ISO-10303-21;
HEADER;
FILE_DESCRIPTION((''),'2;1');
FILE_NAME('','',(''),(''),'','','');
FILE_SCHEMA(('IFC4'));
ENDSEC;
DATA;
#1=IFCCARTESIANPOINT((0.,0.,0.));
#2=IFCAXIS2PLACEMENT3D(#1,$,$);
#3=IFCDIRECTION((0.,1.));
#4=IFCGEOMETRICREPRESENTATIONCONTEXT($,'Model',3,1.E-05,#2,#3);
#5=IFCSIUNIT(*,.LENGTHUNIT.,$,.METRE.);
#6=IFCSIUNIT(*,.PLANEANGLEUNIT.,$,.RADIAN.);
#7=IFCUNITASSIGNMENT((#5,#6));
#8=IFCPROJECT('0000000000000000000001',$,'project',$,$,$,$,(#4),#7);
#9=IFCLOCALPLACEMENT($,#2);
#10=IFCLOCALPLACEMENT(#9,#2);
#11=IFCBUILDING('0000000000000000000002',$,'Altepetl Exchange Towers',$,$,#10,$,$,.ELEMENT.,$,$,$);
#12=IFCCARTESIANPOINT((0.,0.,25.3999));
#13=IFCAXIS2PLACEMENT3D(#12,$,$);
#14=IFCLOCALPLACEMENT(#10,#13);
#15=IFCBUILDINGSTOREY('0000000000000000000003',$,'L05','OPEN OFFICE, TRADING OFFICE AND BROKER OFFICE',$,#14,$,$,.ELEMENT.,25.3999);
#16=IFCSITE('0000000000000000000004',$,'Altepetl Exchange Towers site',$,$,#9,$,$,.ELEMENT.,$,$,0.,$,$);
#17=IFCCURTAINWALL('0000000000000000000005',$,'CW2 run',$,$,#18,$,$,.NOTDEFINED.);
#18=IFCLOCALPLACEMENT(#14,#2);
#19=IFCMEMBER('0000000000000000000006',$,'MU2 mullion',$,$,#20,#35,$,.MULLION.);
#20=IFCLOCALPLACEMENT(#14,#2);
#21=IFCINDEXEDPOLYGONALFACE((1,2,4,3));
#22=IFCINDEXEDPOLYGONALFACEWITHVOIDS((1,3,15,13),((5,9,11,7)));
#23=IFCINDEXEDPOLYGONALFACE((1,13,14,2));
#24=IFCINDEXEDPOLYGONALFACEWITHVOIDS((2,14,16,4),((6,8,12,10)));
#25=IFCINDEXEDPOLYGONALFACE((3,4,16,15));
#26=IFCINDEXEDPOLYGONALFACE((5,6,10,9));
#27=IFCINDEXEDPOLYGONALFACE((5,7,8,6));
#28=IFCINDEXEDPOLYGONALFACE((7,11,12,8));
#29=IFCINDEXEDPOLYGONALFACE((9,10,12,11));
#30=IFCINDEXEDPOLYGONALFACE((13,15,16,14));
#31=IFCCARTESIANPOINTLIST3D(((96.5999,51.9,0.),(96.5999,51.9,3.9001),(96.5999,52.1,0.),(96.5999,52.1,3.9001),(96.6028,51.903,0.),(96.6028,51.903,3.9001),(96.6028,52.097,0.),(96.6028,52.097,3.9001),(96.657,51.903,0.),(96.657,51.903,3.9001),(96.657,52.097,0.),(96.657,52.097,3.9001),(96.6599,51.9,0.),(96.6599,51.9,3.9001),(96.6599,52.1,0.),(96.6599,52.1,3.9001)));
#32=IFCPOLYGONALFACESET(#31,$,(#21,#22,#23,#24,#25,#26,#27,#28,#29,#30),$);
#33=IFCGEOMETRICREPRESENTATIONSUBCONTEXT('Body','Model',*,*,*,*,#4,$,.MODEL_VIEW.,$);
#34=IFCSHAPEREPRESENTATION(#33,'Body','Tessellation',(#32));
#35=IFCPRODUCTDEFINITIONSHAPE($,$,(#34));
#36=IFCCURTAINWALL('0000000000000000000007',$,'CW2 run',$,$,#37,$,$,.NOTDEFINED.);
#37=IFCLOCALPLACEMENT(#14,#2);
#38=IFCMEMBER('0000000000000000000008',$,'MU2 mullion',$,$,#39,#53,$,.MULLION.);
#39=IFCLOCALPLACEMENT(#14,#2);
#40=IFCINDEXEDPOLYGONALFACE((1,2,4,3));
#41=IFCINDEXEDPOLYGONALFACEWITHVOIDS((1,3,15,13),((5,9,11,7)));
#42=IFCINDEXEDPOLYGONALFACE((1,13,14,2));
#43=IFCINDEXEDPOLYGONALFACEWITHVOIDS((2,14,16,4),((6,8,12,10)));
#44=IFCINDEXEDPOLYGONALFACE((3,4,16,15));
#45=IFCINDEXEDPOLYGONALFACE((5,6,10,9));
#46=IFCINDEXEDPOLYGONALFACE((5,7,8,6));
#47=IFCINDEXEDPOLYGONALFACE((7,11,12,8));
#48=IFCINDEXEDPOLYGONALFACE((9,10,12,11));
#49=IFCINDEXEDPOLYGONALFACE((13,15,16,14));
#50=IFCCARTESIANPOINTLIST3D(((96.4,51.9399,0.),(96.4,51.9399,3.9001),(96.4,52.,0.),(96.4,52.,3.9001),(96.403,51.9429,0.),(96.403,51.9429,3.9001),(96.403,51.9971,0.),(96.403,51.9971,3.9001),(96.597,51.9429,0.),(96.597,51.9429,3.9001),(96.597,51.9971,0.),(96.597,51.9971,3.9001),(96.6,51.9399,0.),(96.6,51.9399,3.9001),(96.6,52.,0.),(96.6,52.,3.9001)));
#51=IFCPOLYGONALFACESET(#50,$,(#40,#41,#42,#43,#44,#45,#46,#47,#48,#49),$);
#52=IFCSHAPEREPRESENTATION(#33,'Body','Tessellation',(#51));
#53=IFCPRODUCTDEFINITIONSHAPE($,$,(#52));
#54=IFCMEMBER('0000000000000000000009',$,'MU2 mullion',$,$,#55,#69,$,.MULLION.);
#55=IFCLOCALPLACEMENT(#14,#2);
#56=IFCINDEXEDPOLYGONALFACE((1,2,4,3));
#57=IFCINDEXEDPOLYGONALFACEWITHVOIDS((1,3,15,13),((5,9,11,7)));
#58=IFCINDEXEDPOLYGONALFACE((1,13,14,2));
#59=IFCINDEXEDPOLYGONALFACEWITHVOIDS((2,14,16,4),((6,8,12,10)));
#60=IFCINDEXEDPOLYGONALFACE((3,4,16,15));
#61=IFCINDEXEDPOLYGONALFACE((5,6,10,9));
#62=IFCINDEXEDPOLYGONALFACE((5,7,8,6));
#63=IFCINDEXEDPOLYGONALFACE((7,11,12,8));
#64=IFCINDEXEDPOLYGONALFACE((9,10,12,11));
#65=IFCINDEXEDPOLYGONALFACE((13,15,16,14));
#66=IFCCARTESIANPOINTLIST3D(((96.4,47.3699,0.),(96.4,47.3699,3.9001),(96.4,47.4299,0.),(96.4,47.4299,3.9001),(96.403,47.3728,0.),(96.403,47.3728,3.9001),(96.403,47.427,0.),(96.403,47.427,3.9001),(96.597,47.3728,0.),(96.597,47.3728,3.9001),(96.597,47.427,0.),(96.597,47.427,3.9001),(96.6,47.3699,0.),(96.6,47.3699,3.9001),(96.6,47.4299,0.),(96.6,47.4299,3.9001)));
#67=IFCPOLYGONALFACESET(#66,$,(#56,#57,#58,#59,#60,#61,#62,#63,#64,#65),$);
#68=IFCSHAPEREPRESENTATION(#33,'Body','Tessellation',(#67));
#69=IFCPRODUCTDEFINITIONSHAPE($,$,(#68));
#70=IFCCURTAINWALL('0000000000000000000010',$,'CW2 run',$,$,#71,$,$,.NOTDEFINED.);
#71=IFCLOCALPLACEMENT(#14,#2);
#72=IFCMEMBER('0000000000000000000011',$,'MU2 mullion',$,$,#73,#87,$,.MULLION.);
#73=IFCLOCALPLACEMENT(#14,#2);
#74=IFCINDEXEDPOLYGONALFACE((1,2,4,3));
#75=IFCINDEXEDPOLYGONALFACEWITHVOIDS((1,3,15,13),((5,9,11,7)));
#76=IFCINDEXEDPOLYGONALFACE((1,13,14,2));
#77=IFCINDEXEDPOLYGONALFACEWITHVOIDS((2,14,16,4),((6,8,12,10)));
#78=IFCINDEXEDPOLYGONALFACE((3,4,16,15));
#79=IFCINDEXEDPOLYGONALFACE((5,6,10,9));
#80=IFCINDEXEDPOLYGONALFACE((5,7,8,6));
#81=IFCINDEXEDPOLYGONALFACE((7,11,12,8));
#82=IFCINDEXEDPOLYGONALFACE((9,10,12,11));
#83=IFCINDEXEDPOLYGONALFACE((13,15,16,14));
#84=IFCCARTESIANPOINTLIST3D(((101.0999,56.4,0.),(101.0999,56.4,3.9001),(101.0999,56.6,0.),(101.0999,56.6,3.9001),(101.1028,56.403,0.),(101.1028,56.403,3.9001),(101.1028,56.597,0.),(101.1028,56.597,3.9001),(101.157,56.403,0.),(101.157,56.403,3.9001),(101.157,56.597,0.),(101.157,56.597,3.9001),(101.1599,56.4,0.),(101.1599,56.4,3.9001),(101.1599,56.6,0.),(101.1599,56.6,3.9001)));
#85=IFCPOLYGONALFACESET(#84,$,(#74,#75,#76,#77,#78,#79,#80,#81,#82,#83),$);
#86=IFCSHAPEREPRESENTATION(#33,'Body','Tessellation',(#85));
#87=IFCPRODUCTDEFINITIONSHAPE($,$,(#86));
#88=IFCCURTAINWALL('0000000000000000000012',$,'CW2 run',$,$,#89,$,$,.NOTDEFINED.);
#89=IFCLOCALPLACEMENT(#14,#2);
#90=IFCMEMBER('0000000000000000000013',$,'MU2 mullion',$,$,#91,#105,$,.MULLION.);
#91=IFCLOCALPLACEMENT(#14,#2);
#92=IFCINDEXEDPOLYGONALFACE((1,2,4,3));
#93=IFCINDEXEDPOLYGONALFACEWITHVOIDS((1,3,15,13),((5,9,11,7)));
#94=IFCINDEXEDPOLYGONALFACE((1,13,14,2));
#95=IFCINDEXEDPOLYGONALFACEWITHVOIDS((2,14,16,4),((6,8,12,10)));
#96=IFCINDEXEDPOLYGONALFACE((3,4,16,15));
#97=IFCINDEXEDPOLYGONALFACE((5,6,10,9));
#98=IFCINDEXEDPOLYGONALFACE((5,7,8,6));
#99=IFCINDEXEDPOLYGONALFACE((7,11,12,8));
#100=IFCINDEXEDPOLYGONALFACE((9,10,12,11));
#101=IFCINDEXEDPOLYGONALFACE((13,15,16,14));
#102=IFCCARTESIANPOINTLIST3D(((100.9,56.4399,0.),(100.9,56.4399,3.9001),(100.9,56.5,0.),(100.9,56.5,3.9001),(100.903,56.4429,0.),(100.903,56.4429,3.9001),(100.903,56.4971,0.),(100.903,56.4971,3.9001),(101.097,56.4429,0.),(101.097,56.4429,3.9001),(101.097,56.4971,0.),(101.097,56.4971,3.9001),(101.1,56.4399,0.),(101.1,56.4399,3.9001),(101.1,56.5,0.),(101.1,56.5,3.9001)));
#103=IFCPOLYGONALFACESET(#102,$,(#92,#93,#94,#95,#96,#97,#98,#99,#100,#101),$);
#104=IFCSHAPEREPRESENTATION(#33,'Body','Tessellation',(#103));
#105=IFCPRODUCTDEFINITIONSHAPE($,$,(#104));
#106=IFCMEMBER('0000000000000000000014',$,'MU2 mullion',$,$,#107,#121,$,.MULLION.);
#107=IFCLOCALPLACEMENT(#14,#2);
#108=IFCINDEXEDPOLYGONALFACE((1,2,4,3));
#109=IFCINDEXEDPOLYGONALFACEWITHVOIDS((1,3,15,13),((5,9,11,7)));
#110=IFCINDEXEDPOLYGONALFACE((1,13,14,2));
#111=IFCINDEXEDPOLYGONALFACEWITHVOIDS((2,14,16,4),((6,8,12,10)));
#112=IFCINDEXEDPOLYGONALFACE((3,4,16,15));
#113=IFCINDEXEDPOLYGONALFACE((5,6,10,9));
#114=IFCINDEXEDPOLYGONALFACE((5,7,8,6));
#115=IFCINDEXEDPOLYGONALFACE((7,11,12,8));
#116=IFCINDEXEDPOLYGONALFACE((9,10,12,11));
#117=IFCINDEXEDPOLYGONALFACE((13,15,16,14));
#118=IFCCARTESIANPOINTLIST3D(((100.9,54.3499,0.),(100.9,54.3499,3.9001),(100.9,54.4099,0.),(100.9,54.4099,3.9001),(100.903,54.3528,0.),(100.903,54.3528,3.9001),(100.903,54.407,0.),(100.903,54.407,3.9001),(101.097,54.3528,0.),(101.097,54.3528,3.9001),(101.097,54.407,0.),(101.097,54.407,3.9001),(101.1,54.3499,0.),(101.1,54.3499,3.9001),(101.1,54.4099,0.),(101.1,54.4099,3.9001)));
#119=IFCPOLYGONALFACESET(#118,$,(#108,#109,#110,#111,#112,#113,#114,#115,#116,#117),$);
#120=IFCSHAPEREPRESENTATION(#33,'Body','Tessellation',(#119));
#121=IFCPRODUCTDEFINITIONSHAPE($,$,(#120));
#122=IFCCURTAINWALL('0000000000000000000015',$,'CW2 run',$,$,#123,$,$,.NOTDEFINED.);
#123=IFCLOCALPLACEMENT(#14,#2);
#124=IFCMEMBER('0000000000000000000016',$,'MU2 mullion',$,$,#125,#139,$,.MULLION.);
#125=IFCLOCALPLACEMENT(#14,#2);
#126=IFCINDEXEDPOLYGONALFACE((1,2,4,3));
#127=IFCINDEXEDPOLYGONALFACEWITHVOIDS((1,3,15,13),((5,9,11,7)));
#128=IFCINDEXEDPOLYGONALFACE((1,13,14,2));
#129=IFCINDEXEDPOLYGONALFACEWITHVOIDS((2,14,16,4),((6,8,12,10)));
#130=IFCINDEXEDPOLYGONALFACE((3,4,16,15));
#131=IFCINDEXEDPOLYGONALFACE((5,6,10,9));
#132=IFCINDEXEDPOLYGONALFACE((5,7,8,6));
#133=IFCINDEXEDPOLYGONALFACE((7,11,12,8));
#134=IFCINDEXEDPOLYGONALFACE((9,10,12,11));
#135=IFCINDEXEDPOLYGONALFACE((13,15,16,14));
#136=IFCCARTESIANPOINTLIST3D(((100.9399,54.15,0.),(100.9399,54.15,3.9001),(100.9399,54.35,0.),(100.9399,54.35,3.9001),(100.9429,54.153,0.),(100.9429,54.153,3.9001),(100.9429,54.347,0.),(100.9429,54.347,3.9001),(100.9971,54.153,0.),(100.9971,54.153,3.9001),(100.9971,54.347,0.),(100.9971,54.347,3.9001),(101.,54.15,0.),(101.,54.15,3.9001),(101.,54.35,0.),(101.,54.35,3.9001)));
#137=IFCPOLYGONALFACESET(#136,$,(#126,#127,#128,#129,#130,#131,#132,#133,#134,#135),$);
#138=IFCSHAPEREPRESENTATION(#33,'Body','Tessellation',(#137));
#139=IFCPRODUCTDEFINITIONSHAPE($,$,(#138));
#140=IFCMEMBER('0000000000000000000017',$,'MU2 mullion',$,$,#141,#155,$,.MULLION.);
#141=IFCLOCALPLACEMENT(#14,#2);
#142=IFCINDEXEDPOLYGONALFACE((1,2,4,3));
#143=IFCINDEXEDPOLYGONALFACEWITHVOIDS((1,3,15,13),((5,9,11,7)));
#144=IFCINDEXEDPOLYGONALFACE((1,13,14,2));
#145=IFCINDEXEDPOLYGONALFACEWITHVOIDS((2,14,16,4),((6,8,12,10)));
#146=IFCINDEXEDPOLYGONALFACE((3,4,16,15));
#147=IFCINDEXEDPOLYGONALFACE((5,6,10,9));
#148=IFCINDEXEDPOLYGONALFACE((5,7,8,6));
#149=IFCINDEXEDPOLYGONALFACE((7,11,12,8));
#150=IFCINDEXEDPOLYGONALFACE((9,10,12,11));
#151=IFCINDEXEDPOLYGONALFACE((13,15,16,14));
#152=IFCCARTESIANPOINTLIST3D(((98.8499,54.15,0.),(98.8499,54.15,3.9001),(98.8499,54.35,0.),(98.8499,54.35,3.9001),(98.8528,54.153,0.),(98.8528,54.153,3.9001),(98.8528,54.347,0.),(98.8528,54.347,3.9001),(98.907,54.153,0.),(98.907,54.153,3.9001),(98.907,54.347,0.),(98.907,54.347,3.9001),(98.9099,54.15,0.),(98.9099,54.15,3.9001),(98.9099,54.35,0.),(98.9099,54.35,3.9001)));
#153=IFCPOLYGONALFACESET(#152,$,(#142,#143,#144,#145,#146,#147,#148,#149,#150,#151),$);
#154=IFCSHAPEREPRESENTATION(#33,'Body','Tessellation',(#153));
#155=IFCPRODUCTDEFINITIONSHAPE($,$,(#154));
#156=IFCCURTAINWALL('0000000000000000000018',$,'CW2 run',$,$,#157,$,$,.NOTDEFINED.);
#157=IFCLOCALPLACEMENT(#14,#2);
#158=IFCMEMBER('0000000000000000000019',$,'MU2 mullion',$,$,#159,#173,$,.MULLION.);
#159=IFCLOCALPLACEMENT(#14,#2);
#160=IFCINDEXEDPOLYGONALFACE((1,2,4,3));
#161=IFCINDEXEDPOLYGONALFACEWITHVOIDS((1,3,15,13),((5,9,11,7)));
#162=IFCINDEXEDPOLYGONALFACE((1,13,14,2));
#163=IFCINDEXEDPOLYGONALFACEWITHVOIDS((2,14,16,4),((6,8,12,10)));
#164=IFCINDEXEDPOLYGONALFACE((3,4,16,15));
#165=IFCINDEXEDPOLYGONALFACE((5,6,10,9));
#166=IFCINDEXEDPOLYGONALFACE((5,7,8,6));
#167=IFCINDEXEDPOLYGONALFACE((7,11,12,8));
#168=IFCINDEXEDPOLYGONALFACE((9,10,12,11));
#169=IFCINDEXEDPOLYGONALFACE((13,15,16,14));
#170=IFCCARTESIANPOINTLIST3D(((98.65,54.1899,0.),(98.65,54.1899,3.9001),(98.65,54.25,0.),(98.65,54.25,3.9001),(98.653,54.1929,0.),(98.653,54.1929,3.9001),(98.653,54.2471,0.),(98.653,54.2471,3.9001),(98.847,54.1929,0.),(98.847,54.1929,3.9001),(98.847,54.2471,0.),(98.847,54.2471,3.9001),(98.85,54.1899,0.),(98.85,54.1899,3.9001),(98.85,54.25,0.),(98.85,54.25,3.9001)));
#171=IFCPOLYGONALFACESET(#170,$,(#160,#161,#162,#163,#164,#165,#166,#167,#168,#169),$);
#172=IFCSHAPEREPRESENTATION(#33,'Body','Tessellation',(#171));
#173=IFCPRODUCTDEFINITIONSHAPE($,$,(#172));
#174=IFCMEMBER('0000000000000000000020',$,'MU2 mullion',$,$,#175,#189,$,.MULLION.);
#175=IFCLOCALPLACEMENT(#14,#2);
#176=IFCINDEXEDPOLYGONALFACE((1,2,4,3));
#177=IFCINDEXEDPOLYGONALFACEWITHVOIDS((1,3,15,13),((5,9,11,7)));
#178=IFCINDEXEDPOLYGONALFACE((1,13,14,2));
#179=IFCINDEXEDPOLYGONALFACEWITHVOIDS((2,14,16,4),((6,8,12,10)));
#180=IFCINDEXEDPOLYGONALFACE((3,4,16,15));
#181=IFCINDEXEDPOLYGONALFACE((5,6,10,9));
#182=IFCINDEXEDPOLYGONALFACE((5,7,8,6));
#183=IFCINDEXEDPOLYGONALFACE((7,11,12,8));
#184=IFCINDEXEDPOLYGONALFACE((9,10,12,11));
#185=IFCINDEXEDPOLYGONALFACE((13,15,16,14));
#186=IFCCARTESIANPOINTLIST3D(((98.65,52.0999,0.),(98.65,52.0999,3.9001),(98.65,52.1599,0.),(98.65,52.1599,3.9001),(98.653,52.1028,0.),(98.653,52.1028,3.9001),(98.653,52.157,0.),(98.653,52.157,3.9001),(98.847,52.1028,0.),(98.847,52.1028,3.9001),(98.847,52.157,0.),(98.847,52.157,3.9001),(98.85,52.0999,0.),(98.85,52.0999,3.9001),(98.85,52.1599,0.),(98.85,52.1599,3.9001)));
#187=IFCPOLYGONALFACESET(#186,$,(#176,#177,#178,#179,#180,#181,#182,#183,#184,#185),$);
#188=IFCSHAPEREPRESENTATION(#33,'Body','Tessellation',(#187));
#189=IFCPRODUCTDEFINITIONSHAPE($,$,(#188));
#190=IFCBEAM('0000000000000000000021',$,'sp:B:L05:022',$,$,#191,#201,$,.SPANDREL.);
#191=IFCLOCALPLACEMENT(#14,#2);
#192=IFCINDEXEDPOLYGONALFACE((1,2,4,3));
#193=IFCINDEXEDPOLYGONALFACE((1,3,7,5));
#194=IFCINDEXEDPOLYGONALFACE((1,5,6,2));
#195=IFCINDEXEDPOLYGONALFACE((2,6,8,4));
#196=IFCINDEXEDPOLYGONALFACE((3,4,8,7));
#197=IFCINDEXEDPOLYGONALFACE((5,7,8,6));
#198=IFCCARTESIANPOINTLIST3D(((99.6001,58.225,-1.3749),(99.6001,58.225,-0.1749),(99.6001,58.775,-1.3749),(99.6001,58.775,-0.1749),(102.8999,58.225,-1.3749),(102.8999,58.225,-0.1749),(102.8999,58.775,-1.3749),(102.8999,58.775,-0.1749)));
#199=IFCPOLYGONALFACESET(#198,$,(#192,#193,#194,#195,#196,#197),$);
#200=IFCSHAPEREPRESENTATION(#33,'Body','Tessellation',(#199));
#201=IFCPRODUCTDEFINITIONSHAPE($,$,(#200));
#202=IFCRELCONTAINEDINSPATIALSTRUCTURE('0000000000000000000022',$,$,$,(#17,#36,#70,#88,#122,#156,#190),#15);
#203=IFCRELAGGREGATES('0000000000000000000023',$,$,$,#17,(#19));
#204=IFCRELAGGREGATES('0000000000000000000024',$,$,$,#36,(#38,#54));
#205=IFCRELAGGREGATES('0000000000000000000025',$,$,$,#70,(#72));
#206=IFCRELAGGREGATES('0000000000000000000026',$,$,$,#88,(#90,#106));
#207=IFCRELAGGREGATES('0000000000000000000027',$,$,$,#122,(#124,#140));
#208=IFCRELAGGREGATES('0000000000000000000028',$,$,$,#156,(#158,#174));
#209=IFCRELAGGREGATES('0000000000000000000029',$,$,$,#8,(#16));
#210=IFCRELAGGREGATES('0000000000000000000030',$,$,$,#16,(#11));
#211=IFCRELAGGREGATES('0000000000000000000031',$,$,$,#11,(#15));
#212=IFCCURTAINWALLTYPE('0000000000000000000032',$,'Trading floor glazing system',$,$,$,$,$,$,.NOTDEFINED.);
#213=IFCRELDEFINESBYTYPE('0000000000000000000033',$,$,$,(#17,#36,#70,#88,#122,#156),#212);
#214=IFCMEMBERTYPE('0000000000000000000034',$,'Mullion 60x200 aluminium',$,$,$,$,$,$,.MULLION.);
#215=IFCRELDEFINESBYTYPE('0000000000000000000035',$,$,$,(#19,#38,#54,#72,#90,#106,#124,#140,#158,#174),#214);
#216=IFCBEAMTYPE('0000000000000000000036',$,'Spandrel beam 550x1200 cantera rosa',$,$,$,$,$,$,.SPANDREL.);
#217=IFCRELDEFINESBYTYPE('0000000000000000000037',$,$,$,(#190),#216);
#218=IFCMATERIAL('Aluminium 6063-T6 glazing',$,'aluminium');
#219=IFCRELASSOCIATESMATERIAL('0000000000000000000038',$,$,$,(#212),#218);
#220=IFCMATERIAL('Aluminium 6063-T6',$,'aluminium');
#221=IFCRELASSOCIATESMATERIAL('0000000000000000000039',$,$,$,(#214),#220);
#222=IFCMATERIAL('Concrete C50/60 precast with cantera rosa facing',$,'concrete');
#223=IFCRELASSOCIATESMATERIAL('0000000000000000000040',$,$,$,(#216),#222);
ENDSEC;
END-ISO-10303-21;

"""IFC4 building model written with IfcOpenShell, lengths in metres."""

from ifc_helpers import new_model, si_unit, direction, frame, origin, origin_2d, place, context, subcontext, project, spatial, rectangle, hollow_rectangle, extrude, material, material_profile, profile_set, type_object, element, aggregate, save


model = new_model("IFC4")

# Units and contexts
model_context = context("Model", 3, precision=1e-05, world=origin(), true_north=direction((0.0, 1.0)))
body_context = subcontext(model_context, "Body", "Model", "MODEL_VIEW")
ifc_project = project(units=[si_unit("LENGTHUNIT", "METRE"), si_unit("PLANEANGLEUNIT", "RADIAN")], contexts=[model_context])

# Site, building, storey
site_placement = place(None, origin())
site = spatial("IfcSite", under=ifc_project, at=site_placement, Name="Altepetl Exchange Towers site", CompositionType="ELEMENT", RefElevation=0.0)
building_placement = place(site_placement, origin())
building = spatial("IfcBuilding", under=site, at=building_placement, Name="Altepetl Exchange Towers", CompositionType="ELEMENT")
storey_placement = place(building_placement, frame((0.0, 0.0, 25.3999)))
storey = spatial("IfcBuildingStorey", under=building, at=storey_placement, Name="L05", Description="OPEN OFFICE, TRADING OFFICE AND BROKER OFFICE", CompositionType="ELEMENT", Elevation=25.3999)

# Curtain walls, members
ifc_material_1 = material(Name="Aluminium 6063-T6 glazing", Category="aluminium")
curtain_wall_type = type_object("IfcCurtainWallType", Name="Trading floor glazing system", PredefinedType="NOTDEFINED", material=ifc_material_1)
curtain_wall_1_placement = place(storey_placement, origin())
curtain_wall_1 = element("IfcCurtainWall", 1, at=curtain_wall_1_placement, inside=storey, type_object=curtain_wall_type, Name="CW2 run", PredefinedType="NOTDEFINED")
ifc_material_2 = material(Name="Aluminium 6063-T6", Category="aluminium")
ifc_material_profile_1 = material_profile(ifc_material_2, hollow_rectangle(XDim=0.0601, YDim=0.2, WallThickness=0.0029, at=origin_2d()), Name="Mullion 60x200 aluminium")
ifc_profile_set_1 = profile_set([ifc_material_profile_1], Name="Aluminium 6063-T6")
member_type = type_object("IfcMemberType", Name="Mullion 60x200 aluminium", PredefinedType="MULLION", material=ifc_profile_set_1)
member_1_placement = place(storey_placement, frame((96.6299, 52.0, 0.0), z_axis=(0.0, 0.0, 1.0), x_axis=(-1.0, 0.0, 0.0)))
member_1 = element("IfcMember", 2, at=member_1_placement, type_object=member_type, Name="MU2 mullion", PredefinedType="MULLION", context=body_context, shape_type="SweptSolid", body=[
    extrude(hollow_rectangle(XDim=0.0601, YDim=0.2, WallThickness=0.0029, at=origin_2d()), origin(), (0.0, 0.0, 1.0), 3.9001),
])
curtain_wall_2_placement = place(storey_placement, origin())
curtain_wall_2 = element("IfcCurtainWall", 3, at=curtain_wall_2_placement, inside=storey, type_object=curtain_wall_type, Name="CW2 run", PredefinedType="NOTDEFINED")
member_2_placement = place(storey_placement, frame((96.5, 51.97, 0.0), z_axis=(0.0, 0.0, 1.0), x_axis=(0.0, -1.0, 0.0)))
member_2 = element("IfcMember", 4, at=member_2_placement, type_object=member_type, Name="MU2 mullion", PredefinedType="MULLION", context=body_context, shape_type="SweptSolid", body=[
    extrude(hollow_rectangle(XDim=0.0601, YDim=0.2, WallThickness=0.0029, at=origin_2d()), origin(), (0.0, 0.0, 1.0), 3.9001),
])
member_3_placement = place(storey_placement, frame((96.5, 47.3999, 0.0), z_axis=(0.0, 0.0, 1.0), x_axis=(0.0, -1.0, 0.0)))
member_3 = element("IfcMember", 5, at=member_3_placement, type_object=member_type, Name="MU2 mullion", PredefinedType="MULLION", context=body_context, shape_type="SweptSolid", body=[
    extrude(hollow_rectangle(XDim=0.0601, YDim=0.2, WallThickness=0.0029, at=origin_2d()), origin(), (0.0, 0.0, 1.0), 3.9001),
])

# Curtain wall, member
curtain_wall_3_placement = place(storey_placement, origin())
curtain_wall_3 = element("IfcCurtainWall", 6, at=curtain_wall_3_placement, inside=storey, type_object=curtain_wall_type, Name="CW2 run", PredefinedType="NOTDEFINED")
member_4_placement = place(storey_placement, frame((101.1299, 56.5, 0.0), z_axis=(0.0, 0.0, 1.0), x_axis=(-1.0, 0.0, 0.0)))
member_4 = element("IfcMember", 7, at=member_4_placement, type_object=member_type, Name="MU2 mullion", PredefinedType="MULLION", context=body_context, shape_type="SweptSolid", body=[
    extrude(hollow_rectangle(XDim=0.0601, YDim=0.2, WallThickness=0.0029, at=origin_2d()), origin(), (0.0, 0.0, 1.0), 3.9001),
])

# Curtain walls, members
curtain_wall_4_placement = place(storey_placement, origin())
curtain_wall_4 = element("IfcCurtainWall", 8, at=curtain_wall_4_placement, inside=storey, type_object=curtain_wall_type, Name="CW2 run", PredefinedType="NOTDEFINED")
member_5_placement = place(storey_placement, frame((101.0, 56.47, 0.0), z_axis=(0.0, 0.0, 1.0), x_axis=(0.0, -1.0, 0.0)))
member_5 = element("IfcMember", 9, at=member_5_placement, type_object=member_type, Name="MU2 mullion", PredefinedType="MULLION", context=body_context, shape_type="SweptSolid", body=[
    extrude(hollow_rectangle(XDim=0.0601, YDim=0.2, WallThickness=0.0029, at=origin_2d()), origin(), (0.0, 0.0, 1.0), 3.9001),
])
member_6_placement = place(storey_placement, frame((101.0, 54.3799, 0.0), z_axis=(0.0, 0.0, 1.0), x_axis=(0.0, -1.0, 0.0)))
member_6 = element("IfcMember", 10, at=member_6_placement, type_object=member_type, Name="MU2 mullion", PredefinedType="MULLION", context=body_context, shape_type="SweptSolid", body=[
    extrude(hollow_rectangle(XDim=0.0601, YDim=0.2, WallThickness=0.0029, at=origin_2d()), origin(), (0.0, 0.0, 1.0), 3.9001),
])
curtain_wall_5_placement = place(storey_placement, origin())
curtain_wall_5 = element("IfcCurtainWall", 11, at=curtain_wall_5_placement, inside=storey, type_object=curtain_wall_type, Name="CW2 run", PredefinedType="NOTDEFINED")
member_7_placement = place(storey_placement, frame((100.97, 54.25, 0.0), z_axis=(0.0, 0.0, 1.0), x_axis=(-1.0, 0.0, 0.0)))
member_7 = element("IfcMember", 12, at=member_7_placement, type_object=member_type, Name="MU2 mullion", PredefinedType="MULLION", context=body_context, shape_type="SweptSolid", body=[
    extrude(hollow_rectangle(XDim=0.0601, YDim=0.2, WallThickness=0.0029, at=origin_2d()), origin(), (0.0, 0.0, 1.0), 3.9001),
])
member_8_placement = place(storey_placement, frame((98.8799, 54.25, 0.0), z_axis=(0.0, 0.0, 1.0), x_axis=(-1.0, 0.0, 0.0)))
member_8 = element("IfcMember", 13, at=member_8_placement, type_object=member_type, Name="MU2 mullion", PredefinedType="MULLION", context=body_context, shape_type="SweptSolid", body=[
    extrude(hollow_rectangle(XDim=0.0601, YDim=0.2, WallThickness=0.0029, at=origin_2d()), origin(), (0.0, 0.0, 1.0), 3.9001),
])
curtain_wall_6_placement = place(storey_placement, origin())
curtain_wall_6 = element("IfcCurtainWall", 14, at=curtain_wall_6_placement, inside=storey, type_object=curtain_wall_type, Name="CW2 run", PredefinedType="NOTDEFINED")
member_9_placement = place(storey_placement, frame((98.75, 54.22, 0.0), z_axis=(0.0, 0.0, 1.0), x_axis=(0.0, -1.0, 0.0)))
member_9 = element("IfcMember", 15, at=member_9_placement, type_object=member_type, Name="MU2 mullion", PredefinedType="MULLION", context=body_context, shape_type="SweptSolid", body=[
    extrude(hollow_rectangle(XDim=0.0601, YDim=0.2, WallThickness=0.0029, at=origin_2d()), origin(), (0.0, 0.0, 1.0), 3.9001),
])
member_10_placement = place(storey_placement, frame((98.75, 52.1299, 0.0), z_axis=(0.0, 0.0, 1.0), x_axis=(0.0, -1.0, 0.0)))
member_10 = element("IfcMember", 16, at=member_10_placement, type_object=member_type, Name="MU2 mullion", PredefinedType="MULLION", context=body_context, shape_type="SweptSolid", body=[
    extrude(hollow_rectangle(XDim=0.0601, YDim=0.2, WallThickness=0.0029, at=origin_2d()), origin(), (0.0, 0.0, 1.0), 3.9001),
])

# Beam
ifc_material_3 = material(Name="Concrete C50/60 precast with cantera rosa facing", Category="concrete")
ifc_material_profile_2 = material_profile(ifc_material_3, rectangle(XDim=0.55, YDim=1.2, at=origin_2d()), Name="550 x 1200")
ifc_profile_set_2 = profile_set([ifc_material_profile_2], Name="Concrete C50/60 precast with cantera rosa facing")
beam_type_1 = type_object("IfcBeamType", Name="Spandrel beam 550x1200 cantera rosa", PredefinedType="SPANDREL", material=ifc_profile_set_2)
beam_1_placement = place(storey_placement, frame((102.8999, 58.5, -0.7749), z_axis=(-1.0, 0.0, 0.0), x_axis=(0.0, -1.0, 0.0)))
element("IfcBeam", 17, at=beam_1_placement, inside=storey, type_object=beam_type_1, Name="sp:B:L05:022", PredefinedType="SPANDREL", context=body_context, shape_type="SweptSolid", body=[
    extrude(rectangle(XDim=0.55, YDim=1.2, at=origin_2d()), origin(), (0.0, 0.0, 1.0), 3.2998),
])

aggregate(curtain_wall_1, [member_1])
aggregate(curtain_wall_2, [member_2, member_3])
aggregate(curtain_wall_3, [member_4])
aggregate(curtain_wall_4, [member_5, member_6])
aggregate(curtain_wall_5, [member_7, member_8])
aggregate(curtain_wall_6, [member_9, member_10])

save(model, "model.ifc")
